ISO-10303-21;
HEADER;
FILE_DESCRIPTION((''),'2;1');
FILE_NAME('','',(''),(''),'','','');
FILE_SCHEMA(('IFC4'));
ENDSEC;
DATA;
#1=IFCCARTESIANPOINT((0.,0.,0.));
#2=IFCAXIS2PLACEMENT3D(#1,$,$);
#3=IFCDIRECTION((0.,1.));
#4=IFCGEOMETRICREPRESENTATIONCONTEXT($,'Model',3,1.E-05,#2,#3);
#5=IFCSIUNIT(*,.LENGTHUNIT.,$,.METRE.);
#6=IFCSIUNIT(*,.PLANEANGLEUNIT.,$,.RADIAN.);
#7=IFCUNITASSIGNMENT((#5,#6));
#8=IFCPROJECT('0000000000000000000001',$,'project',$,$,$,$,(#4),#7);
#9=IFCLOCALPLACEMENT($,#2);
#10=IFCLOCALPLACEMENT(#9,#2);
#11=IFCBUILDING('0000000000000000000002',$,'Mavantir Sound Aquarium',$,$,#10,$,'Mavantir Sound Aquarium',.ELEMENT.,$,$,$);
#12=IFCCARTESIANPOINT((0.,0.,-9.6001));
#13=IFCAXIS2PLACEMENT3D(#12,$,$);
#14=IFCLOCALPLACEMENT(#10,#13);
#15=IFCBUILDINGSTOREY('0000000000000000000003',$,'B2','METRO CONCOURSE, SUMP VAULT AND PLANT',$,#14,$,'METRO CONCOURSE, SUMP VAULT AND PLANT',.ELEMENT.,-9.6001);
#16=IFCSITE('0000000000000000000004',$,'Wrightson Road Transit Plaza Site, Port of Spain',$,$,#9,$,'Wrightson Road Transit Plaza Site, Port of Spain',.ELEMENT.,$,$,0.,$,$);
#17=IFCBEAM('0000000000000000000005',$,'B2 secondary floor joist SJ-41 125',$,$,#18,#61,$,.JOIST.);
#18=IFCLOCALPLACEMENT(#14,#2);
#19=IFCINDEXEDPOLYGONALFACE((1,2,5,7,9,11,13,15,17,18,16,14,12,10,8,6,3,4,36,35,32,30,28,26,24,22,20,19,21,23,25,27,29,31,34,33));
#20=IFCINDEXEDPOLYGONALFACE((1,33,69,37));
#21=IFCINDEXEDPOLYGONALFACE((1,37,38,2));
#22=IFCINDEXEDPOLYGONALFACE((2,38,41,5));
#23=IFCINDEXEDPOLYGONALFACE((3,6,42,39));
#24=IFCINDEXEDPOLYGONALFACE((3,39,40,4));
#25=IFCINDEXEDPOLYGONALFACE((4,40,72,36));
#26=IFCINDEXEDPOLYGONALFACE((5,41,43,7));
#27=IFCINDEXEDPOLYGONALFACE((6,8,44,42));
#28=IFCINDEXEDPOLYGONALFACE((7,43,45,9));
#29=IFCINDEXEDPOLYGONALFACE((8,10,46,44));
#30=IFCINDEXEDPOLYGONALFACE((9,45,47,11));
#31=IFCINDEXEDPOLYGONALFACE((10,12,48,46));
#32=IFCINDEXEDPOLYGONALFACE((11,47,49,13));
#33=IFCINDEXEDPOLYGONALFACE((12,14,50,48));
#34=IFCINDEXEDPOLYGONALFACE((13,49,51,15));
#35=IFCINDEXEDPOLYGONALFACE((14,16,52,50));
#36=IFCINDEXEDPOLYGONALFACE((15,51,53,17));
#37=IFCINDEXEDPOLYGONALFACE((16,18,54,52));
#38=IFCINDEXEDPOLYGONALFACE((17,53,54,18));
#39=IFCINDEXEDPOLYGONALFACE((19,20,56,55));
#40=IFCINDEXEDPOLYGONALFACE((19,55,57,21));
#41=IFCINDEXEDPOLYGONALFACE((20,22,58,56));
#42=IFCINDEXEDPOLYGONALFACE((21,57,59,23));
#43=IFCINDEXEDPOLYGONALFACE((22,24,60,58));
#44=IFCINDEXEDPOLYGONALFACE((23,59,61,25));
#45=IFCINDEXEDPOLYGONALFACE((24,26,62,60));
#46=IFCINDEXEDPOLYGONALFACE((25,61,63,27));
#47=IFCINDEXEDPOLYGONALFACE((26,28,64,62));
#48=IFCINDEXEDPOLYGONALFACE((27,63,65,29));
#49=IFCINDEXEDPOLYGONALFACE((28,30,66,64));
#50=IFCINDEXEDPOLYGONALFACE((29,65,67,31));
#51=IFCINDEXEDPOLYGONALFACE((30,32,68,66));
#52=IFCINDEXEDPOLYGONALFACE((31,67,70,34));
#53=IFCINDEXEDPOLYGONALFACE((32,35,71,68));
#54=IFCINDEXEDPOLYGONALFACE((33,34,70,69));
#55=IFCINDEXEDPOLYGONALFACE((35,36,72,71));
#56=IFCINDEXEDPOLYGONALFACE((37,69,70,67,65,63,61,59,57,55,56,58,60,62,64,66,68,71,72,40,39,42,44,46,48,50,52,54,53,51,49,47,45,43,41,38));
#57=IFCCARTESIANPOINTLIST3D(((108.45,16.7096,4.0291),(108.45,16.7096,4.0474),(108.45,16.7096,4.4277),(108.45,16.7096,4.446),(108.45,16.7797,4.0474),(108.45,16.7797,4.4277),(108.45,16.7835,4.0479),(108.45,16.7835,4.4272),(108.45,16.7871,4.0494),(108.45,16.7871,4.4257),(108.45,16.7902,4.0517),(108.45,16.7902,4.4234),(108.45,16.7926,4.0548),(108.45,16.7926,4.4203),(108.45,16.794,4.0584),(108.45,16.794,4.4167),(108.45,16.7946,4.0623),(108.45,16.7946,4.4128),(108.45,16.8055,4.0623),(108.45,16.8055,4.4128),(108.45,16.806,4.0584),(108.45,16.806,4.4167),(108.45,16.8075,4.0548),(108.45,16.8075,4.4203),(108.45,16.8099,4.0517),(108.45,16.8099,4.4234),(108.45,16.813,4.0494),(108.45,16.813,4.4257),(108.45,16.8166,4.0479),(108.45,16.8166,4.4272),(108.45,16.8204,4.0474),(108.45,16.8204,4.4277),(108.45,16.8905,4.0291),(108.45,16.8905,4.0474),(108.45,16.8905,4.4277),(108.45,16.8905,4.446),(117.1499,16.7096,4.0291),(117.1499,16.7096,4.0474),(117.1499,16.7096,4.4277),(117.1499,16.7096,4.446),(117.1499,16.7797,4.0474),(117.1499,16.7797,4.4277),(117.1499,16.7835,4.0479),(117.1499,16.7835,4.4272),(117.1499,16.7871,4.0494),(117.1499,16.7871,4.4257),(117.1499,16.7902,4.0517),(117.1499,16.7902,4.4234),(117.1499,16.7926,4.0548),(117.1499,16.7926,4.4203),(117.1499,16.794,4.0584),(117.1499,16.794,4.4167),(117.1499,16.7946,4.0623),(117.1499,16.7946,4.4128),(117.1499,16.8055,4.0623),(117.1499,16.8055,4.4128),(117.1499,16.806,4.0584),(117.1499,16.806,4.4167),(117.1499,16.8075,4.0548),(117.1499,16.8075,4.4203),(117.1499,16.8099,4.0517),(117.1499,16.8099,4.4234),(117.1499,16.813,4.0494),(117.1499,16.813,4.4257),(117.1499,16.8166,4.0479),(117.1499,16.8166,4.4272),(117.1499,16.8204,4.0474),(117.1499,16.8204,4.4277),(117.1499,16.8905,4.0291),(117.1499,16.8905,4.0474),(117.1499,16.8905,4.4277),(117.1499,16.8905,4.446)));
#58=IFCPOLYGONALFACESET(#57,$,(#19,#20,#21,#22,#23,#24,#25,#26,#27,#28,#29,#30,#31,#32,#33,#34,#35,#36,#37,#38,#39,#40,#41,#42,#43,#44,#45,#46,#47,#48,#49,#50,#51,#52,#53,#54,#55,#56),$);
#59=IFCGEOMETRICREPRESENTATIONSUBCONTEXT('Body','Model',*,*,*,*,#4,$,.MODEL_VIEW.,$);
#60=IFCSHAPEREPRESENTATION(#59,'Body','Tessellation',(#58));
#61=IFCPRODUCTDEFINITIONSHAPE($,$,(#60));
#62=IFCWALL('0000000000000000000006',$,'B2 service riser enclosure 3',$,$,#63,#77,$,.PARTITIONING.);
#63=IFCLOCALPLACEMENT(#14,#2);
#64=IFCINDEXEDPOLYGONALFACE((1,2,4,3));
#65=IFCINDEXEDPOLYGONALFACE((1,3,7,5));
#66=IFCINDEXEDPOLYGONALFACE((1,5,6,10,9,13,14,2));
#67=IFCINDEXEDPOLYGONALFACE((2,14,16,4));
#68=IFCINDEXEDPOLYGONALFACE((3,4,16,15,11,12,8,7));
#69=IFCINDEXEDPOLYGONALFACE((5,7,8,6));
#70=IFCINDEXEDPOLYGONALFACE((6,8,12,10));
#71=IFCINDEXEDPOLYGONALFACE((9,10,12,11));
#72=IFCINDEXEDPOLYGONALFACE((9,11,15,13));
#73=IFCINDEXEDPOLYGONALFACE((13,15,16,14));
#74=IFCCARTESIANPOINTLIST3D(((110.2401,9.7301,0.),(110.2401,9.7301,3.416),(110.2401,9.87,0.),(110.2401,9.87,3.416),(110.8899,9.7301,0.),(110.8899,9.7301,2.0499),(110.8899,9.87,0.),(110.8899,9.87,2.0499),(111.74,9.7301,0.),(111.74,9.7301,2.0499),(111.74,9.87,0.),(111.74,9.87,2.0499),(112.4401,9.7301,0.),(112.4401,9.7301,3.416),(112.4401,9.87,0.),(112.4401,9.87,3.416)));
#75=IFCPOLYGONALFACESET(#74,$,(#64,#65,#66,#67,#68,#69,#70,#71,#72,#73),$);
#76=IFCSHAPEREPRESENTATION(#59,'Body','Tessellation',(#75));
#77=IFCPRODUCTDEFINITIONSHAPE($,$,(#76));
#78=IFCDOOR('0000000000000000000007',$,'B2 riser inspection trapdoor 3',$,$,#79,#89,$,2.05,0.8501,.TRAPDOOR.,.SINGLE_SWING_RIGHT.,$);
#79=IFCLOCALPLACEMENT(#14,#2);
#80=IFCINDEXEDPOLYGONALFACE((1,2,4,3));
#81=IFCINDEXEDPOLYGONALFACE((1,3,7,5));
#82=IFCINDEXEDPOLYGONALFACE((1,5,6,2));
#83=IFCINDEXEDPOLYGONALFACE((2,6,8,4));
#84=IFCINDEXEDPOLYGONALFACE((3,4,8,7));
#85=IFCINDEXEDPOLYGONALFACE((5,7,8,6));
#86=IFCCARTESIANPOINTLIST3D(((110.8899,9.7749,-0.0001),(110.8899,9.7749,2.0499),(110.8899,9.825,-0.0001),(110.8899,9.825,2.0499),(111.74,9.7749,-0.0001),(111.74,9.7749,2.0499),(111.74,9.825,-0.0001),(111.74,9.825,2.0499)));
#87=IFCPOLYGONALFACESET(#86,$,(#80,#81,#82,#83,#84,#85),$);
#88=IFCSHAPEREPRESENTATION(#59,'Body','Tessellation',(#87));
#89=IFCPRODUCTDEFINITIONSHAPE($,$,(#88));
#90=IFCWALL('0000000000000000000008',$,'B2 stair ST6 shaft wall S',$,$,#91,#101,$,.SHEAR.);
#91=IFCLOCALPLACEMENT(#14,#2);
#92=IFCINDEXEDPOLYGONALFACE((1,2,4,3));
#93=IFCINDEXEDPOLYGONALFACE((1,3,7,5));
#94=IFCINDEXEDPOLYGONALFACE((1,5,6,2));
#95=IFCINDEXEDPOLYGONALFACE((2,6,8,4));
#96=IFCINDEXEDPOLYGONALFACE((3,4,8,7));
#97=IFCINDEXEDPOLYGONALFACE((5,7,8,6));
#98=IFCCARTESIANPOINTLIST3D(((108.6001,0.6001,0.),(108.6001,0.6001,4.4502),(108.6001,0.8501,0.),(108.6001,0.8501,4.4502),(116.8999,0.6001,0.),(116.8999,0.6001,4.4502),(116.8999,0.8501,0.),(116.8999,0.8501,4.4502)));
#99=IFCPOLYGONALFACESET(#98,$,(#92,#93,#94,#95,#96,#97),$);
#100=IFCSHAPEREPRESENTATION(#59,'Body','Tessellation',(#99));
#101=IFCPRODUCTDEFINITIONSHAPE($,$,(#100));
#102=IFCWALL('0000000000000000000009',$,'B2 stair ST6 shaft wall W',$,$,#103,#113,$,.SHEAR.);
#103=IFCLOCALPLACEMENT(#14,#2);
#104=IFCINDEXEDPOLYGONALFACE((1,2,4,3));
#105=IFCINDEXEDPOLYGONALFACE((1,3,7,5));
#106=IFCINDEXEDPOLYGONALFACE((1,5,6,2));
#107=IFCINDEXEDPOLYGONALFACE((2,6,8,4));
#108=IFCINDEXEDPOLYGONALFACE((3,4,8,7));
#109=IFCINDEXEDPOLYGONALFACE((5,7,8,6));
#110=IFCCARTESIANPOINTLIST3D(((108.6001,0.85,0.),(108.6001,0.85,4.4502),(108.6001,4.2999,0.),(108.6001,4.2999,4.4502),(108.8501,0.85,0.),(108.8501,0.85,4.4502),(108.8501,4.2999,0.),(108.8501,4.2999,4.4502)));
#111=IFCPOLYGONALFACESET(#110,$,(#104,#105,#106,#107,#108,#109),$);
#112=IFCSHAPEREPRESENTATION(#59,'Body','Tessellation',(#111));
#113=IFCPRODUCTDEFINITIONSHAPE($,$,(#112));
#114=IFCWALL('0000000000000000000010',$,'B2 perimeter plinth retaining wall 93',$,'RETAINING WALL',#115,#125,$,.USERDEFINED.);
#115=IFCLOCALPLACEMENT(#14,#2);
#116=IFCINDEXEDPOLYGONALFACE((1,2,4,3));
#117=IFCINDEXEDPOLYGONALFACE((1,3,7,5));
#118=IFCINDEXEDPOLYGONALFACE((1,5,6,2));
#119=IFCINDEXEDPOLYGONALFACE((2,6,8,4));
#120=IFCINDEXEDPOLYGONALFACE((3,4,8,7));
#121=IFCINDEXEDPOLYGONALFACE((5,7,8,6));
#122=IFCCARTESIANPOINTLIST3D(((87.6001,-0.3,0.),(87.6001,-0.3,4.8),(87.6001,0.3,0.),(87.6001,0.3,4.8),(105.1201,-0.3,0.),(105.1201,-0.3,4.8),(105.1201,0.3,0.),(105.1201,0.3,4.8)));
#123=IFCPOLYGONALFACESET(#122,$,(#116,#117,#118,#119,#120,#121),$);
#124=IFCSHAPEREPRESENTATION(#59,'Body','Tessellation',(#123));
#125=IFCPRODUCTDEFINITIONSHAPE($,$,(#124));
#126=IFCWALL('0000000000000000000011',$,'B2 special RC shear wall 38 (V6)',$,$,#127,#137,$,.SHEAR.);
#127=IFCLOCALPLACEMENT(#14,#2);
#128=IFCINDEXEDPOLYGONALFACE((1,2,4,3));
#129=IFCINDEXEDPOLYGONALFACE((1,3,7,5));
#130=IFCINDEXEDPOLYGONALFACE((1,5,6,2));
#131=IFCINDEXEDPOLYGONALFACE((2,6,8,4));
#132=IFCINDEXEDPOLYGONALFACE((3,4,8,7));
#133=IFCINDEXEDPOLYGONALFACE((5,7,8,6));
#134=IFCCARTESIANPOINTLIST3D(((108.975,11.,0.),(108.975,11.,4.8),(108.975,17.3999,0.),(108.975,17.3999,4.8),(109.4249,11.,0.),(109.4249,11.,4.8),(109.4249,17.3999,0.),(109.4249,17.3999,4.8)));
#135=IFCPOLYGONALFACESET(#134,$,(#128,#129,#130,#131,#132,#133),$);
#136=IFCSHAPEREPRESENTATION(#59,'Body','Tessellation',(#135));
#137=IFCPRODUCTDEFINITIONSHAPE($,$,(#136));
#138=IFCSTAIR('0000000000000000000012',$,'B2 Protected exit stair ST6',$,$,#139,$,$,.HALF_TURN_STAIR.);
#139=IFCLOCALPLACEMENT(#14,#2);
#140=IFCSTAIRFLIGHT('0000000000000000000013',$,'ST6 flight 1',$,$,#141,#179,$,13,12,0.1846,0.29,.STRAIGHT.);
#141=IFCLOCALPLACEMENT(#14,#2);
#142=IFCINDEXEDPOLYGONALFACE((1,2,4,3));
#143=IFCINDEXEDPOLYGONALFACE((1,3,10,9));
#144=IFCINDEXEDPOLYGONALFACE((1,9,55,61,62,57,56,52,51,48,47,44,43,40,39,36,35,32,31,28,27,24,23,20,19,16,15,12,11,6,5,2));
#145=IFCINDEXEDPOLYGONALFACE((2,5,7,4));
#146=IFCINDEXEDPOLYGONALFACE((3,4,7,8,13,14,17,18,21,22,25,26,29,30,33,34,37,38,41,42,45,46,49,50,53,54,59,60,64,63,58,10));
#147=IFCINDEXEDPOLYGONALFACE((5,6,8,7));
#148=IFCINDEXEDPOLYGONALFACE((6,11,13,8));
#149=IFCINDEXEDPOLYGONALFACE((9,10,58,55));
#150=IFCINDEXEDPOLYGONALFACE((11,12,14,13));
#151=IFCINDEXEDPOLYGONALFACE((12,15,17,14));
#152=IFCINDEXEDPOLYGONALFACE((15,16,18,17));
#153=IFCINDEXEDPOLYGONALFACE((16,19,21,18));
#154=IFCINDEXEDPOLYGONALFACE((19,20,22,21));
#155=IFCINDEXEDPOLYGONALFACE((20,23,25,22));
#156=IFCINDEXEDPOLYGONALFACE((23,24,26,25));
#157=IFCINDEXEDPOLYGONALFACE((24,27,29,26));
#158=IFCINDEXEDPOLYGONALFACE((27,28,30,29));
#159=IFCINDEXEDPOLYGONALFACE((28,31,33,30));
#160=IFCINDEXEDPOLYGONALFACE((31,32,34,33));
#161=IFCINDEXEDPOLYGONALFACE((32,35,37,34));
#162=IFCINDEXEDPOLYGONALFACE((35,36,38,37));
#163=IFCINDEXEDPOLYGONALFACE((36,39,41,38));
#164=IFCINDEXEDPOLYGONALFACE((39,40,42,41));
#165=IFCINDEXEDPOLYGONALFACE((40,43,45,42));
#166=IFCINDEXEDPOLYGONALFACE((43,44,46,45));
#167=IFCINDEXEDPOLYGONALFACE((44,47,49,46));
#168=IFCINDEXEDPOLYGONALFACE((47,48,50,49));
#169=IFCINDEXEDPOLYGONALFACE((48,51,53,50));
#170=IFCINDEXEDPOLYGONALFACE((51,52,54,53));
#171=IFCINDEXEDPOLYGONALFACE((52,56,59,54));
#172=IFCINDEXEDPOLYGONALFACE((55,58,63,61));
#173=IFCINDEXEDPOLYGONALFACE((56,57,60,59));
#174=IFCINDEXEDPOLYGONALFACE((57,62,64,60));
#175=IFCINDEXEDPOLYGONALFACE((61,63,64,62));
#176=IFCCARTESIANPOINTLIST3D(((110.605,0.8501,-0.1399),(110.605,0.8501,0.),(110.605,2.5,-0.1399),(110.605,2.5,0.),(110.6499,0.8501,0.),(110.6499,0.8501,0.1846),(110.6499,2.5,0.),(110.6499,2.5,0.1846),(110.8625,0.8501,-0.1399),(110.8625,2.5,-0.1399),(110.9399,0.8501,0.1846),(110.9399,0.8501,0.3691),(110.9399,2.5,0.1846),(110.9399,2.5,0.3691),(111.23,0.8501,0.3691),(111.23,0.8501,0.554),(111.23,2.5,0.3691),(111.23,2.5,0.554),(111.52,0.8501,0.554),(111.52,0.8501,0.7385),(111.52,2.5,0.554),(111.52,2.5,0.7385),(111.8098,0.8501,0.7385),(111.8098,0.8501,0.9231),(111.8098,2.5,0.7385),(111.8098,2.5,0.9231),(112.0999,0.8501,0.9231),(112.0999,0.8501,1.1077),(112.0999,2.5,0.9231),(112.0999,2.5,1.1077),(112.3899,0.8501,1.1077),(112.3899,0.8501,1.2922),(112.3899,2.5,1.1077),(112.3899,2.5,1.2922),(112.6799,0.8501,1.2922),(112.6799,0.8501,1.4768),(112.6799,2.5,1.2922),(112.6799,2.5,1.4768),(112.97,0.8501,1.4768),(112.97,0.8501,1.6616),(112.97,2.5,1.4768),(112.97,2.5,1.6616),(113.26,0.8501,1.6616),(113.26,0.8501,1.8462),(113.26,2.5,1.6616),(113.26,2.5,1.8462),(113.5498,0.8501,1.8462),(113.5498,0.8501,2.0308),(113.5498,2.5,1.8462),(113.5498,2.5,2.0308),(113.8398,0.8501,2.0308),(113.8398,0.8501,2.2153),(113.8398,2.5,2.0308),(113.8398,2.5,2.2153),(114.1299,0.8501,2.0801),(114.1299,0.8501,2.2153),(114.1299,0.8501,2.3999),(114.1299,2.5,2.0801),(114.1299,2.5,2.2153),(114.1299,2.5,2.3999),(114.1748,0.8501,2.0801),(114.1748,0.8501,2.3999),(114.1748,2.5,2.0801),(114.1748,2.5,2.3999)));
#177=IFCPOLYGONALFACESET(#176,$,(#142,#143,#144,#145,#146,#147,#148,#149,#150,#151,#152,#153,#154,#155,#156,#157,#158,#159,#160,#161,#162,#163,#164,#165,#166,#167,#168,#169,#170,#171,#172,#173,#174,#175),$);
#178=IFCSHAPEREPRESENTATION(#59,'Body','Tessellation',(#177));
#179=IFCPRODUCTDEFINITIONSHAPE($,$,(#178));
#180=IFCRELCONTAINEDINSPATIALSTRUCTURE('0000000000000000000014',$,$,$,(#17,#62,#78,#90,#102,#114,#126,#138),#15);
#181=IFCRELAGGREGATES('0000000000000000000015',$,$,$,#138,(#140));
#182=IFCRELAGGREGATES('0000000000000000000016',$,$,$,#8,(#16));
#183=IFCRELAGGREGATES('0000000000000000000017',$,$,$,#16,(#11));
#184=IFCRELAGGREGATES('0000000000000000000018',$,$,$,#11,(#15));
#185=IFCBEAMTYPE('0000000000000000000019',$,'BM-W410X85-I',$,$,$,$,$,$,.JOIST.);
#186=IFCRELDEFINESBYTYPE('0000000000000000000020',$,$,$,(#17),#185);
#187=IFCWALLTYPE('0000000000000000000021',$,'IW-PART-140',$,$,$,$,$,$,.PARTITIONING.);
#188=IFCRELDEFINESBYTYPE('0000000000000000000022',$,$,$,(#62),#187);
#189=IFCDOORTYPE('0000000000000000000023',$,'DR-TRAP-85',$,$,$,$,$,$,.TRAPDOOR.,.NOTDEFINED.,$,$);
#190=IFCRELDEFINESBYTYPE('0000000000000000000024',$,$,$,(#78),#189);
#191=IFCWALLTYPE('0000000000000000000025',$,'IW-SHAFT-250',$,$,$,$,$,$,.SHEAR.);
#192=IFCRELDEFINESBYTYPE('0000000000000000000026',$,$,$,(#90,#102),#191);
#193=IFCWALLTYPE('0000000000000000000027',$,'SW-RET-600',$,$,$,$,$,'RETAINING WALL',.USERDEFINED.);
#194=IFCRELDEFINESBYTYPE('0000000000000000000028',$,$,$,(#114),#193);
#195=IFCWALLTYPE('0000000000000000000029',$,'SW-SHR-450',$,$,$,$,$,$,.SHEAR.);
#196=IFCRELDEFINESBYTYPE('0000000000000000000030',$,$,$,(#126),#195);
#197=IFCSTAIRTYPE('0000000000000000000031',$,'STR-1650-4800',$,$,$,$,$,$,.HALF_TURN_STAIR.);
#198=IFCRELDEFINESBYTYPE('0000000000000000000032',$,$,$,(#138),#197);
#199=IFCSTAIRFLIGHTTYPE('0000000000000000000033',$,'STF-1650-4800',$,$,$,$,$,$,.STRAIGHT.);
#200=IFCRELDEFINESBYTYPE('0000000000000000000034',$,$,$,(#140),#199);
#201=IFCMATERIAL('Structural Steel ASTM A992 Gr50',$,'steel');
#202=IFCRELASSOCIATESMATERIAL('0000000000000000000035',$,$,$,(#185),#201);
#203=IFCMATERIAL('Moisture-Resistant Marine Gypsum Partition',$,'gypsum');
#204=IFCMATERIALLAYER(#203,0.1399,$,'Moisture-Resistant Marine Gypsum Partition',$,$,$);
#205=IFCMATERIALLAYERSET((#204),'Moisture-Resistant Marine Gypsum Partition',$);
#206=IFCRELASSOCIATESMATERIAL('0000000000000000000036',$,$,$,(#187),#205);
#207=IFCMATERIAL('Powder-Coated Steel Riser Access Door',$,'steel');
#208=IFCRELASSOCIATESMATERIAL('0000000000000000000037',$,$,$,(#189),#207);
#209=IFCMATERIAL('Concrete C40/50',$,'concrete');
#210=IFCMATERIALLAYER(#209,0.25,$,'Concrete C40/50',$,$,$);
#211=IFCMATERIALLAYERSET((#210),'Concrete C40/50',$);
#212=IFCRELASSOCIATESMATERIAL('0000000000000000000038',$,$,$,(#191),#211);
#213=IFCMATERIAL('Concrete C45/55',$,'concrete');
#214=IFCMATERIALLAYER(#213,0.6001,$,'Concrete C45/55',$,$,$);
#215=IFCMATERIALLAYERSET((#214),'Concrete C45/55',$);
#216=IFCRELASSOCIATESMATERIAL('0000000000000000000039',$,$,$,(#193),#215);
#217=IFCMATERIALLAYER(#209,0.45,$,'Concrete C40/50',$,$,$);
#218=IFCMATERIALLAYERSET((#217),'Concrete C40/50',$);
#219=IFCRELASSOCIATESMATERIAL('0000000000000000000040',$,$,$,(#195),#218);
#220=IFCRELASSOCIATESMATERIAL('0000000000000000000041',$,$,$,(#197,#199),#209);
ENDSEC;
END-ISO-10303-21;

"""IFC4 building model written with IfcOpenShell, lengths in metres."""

from ifc_helpers import new_model, si_unit, direction, frame, frame_2d, origin, origin_2d, place, context, subcontext, project, spatial, polyline, rectangle, i_section, outline, extrude, material, layer, layer_set, material_profile, profile_set, type_object, element, fill, aggregate, save


model = new_model("IFC4")

# Units and contexts
model_context = context("Model", 3, precision=1e-05, world=origin(), true_north=direction((0.0, 1.0)))
body_context = subcontext(model_context, "Body", "Model", "MODEL_VIEW")
ifc_project = project(units=[si_unit("LENGTHUNIT", "METRE"), si_unit("PLANEANGLEUNIT", "RADIAN")], contexts=[model_context])

# Site, building, storey
site_placement = place(None, origin())
site = spatial("IfcSite", under=ifc_project, at=site_placement, Name="Wrightson Road Transit Plaza Site, Port of Spain", LongName="Wrightson Road Transit Plaza Site, Port of Spain", CompositionType="ELEMENT", RefElevation=0.0)
building_placement = place(site_placement, origin())
building = spatial("IfcBuilding", under=site, at=building_placement, Name="Mavantir Sound Aquarium", LongName="Mavantir Sound Aquarium", CompositionType="ELEMENT")
storey_placement = place(building_placement, frame((0.0, 0.0, -9.6001)))
storey = spatial("IfcBuildingStorey", under=building, at=storey_placement, Name="B2", Description="METRO CONCOURSE, SUMP VAULT AND PLANT", LongName="METRO CONCOURSE, SUMP VAULT AND PLANT", CompositionType="ELEMENT", Elevation=-9.6001)

# Shared definitions
ifc_material_1 = material(Name="Concrete C40/50", Category="concrete")

# Beam
ifc_material_2 = material(Name="Structural Steel ASTM A992 Gr50", Category="steel")
ifc_material_profile_1 = material_profile(ifc_material_2, i_section(OverallWidth=0.1809, OverallDepth=0.417, WebThickness=0.011, FlangeThickness=0.0183, FilletRadius=0.0149, at=origin_2d()), Name="W410X85")
ifc_profile_set_1 = profile_set([ifc_material_profile_1], Name="Structural Steel ASTM A992 Gr50")
beam_type_1 = type_object("IfcBeamType", Name="BM-W410X85-I", PredefinedType="JOIST", material=ifc_profile_set_1)
beam_1_placement = place(storey_placement, frame((108.45, 16.8, 4.2375), z_axis=(1.0, 0.0, 0.0), x_axis=(0.0, 1.0, 0.0)))
element("IfcBeam", 1, at=beam_1_placement, inside=storey, type_object=beam_type_1, Name="B2 secondary floor joist SJ-41 125", PredefinedType="JOIST", context=body_context, shape_type="SweptSolid", body=[
    extrude(i_section(OverallWidth=0.1809, OverallDepth=0.417, WebThickness=0.011, FlangeThickness=0.0183, FilletRadius=0.0149, at=origin_2d()), origin(), (0.0, 0.0, 1.0), 8.7),
])

# Wall, opening, door
ifc_material_3 = material(Name="Moisture-Resistant Marine Gypsum Partition", Category="gypsum")
ifc_layer_1 = layer(ifc_material_3, 0.1399, Name="Moisture-Resistant Marine Gypsum Partition")
ifc_layer_set_1 = layer_set([ifc_layer_1], Name="Moisture-Resistant Marine Gypsum Partition")
wall_type_1 = type_object("IfcWallType", Name="IW-PART-140", PredefinedType="PARTITIONING", material=ifc_layer_set_1)
wall_1_placement = place(storey_placement, frame((110.24, 9.8, 0.0), z_axis=(0.0, 0.0, 1.0), x_axis=(1.0, 0.0, 0.0)))
wall_1 = element("IfcWall", 2, at=wall_1_placement, inside=storey, type_object=wall_type_1, Name="B2 service riser enclosure 3", PredefinedType="PARTITIONING", context=body_context, shape_type="SweptSolid", body=[
    extrude(rectangle(XDim=2.2, YDim=0.1399, at=frame_2d((1.1001, 0.0))), origin(), (0.0, 0.0, 1.0), 3.416),
])
opening_placement = place(wall_1_placement, frame((0.6499, 0.0, 0.0)))
opening = element("IfcOpeningElement", 3, at=opening_placement, cuts=wall_1, PredefinedType="OPENING", context=body_context, shape_type="SweptSolid", body=[
    extrude(rectangle(XDim=0.8501, YDim=2.05, at=frame_2d((0.425, 1.0249))), frame((0.0, 0.0801, 0.0), z_axis=(0.0, -1.0, 0.0), x_axis=(1.0, 0.0, 0.0)), (0.0, 0.0, 1.0), 0.1599),
])
ifc_material_4 = material(Name="Powder-Coated Steel Riser Access Door", Category="steel")
door_type = type_object("IfcDoorType", Name="DR-TRAP-85", OperationType="NOTDEFINED", PredefinedType="TRAPDOOR", material=ifc_material_4)
door_placement = place(opening_placement, origin())
door = element("IfcDoor", 4, at=door_placement, inside=storey, type_object=door_type, Name="B2 riser inspection trapdoor 3", OperationType="SINGLE_SWING_RIGHT", OverallHeight=2.05, OverallWidth=0.8501, PredefinedType="TRAPDOOR", context=body_context, shape_type="SweptSolid", body=[
    extrude(rectangle(XDim=0.8501, YDim=2.05, at=frame_2d((0.425, 1.0249))), frame((0.0, 0.0249, 0.0), z_axis=(0.0, -1.0, 0.0), x_axis=(1.0, 0.0, 0.0)), (0.0, 0.0, 1.0), 0.05),
])
fill(opening, door)

# Walls
ifc_layer_2 = layer(ifc_material_1, 0.25, Name="Concrete C40/50")
ifc_layer_set_2 = layer_set([ifc_layer_2], Name="Concrete C40/50")
wall_type_2 = type_object("IfcWallType", Name="IW-SHAFT-250", PredefinedType="SHEAR", material=ifc_layer_set_2)
wall_2_placement = place(storey_placement, frame((108.6001, 0.7251, 0.0), z_axis=(0.0, 0.0, 1.0), x_axis=(1.0, 0.0, 0.0)))
element("IfcWall", 5, at=wall_2_placement, inside=storey, type_object=wall_type_2, Name="B2 stair ST6 shaft wall S", PredefinedType="SHEAR", context=body_context, shape_type="SweptSolid", body=[
    extrude(rectangle(XDim=8.2998, YDim=0.25, at=frame_2d((4.1499, 0.0))), origin(), (0.0, 0.0, 1.0), 4.4502),
])
wall_3_placement = place(storey_placement, frame((108.7251, 4.3, 0.0), z_axis=(0.0, 0.0, 1.0), x_axis=(0.0, -1.0, 0.0)))
element("IfcWall", 6, at=wall_3_placement, inside=storey, type_object=wall_type_2, Name="B2 stair ST6 shaft wall W", PredefinedType="SHEAR", context=body_context, shape_type="SweptSolid", body=[
    extrude(rectangle(XDim=3.45, YDim=0.25, at=frame_2d((1.7251, 0.0))), origin(), (0.0, 0.0, 1.0), 4.4502),
])
ifc_material_5 = material(Name="Concrete C45/55", Category="concrete")
ifc_layer_3 = layer(ifc_material_5, 0.6001, Name="Concrete C45/55")
ifc_layer_set_3 = layer_set([ifc_layer_3], Name="Concrete C45/55")
wall_type_3 = type_object("IfcWallType", Name="SW-RET-600", ElementType="RETAINING WALL", PredefinedType="USERDEFINED", material=ifc_layer_set_3)
wall_4_placement = place(storey_placement, frame((105.1201, 0.0, 0.0), z_axis=(0.0, 0.0, 1.0), x_axis=(-1.0, 0.0, 0.0)))
element("IfcWall", 7, at=wall_4_placement, inside=storey, type_object=wall_type_3, Name="B2 perimeter plinth retaining wall 93", ObjectType="RETAINING WALL", PredefinedType="USERDEFINED", context=body_context, shape_type="SweptSolid", body=[
    extrude(rectangle(XDim=17.52, YDim=0.6001, at=frame_2d((8.76, 0.0))), origin(), (0.0, 0.0, 1.0), 4.8),
])
ifc_layer_4 = layer(ifc_material_1, 0.45, Name="Concrete C40/50")
ifc_layer_set_4 = layer_set([ifc_layer_4], Name="Concrete C40/50")
wall_type_4 = type_object("IfcWallType", Name="SW-SHR-450", PredefinedType="SHEAR", material=ifc_layer_set_4)
wall_5_placement = place(storey_placement, frame((109.2, 11.0, 0.0), z_axis=(0.0, 0.0, 1.0), x_axis=(0.0, 1.0, 0.0)))
element("IfcWall", 8, at=wall_5_placement, inside=storey, type_object=wall_type_4, Name="B2 special RC shear wall 38 (V6)", PredefinedType="SHEAR", context=body_context, shape_type="SweptSolid", body=[
    extrude(rectangle(XDim=6.3999, YDim=0.45, at=frame_2d((3.2, 0.0))), origin(), (0.0, 0.0, 1.0), 4.8),
])

# Stair, stair flight
stair_type = type_object("IfcStairType", Name="STR-1650-4800", PredefinedType="HALF_TURN_STAIR", material=ifc_material_1)
stair_placement = place(storey_placement, origin())
stair = element("IfcStair", 9, at=stair_placement, inside=storey, type_object=stair_type, Name="B2 Protected exit stair ST6", PredefinedType="HALF_TURN_STAIR")
stair_flight_type = type_object("IfcStairFlightType", Name="STF-1650-4800", PredefinedType="STRAIGHT", material=ifc_material_1)
stair_flight_placement = place(storey_placement, frame((110.6499, 1.675, 0.0), z_axis=(0.0, 0.0, 1.0), x_axis=(1.0, 0.0, 0.0)))
stair_flight = element("IfcStairFlight", 10, at=stair_flight_placement, type_object=stair_flight_type, Name="ST6 flight 1", NumberOfRisers=13, NumberOfTreads=12, PredefinedType="STRAIGHT", RiserHeight=0.1846, TreadLength=0.29, context=body_context, shape_type="SweptSolid", body=[
    extrude(outline(polyline([(-0.0449, -0.1399), (-0.0449, 0.0), (0.0, 0.0), (0.0, 0.1846), (0.29, 0.1846), (0.29, 0.3691), (0.5801, 0.3691), (0.5801, 0.554), (0.8701, 0.554), (0.8701, 0.7385), (1.1599, 0.7385), (1.1599, 0.9231), (1.45, 0.9231), (1.45, 1.1077), (1.74, 1.1077), (1.74, 1.2922), (2.03, 1.2922), (2.03, 1.4768), (2.3201, 1.4768), (2.3201, 1.6616), (2.6101, 1.6616), (2.6101, 1.8462), (2.8999, 1.8462), (2.8999, 2.0308), (3.1899, 2.0308), (3.1899, 2.2153), (3.48, 2.2153), (3.48, 2.3999), (3.5249, 2.3999), (3.5249, 2.0801), (3.48, 2.0801), (0.2126, -0.1399), (-0.0449, -0.1399)])), frame((0.0, 0.825, 0.0), z_axis=(0.0, -1.0, 0.0), x_axis=(1.0, 0.0, 0.0)), (0.0, 0.0, 1.0), 1.6499),
])
aggregate(stair, [stair_flight])

save(model, "model.ifc")
